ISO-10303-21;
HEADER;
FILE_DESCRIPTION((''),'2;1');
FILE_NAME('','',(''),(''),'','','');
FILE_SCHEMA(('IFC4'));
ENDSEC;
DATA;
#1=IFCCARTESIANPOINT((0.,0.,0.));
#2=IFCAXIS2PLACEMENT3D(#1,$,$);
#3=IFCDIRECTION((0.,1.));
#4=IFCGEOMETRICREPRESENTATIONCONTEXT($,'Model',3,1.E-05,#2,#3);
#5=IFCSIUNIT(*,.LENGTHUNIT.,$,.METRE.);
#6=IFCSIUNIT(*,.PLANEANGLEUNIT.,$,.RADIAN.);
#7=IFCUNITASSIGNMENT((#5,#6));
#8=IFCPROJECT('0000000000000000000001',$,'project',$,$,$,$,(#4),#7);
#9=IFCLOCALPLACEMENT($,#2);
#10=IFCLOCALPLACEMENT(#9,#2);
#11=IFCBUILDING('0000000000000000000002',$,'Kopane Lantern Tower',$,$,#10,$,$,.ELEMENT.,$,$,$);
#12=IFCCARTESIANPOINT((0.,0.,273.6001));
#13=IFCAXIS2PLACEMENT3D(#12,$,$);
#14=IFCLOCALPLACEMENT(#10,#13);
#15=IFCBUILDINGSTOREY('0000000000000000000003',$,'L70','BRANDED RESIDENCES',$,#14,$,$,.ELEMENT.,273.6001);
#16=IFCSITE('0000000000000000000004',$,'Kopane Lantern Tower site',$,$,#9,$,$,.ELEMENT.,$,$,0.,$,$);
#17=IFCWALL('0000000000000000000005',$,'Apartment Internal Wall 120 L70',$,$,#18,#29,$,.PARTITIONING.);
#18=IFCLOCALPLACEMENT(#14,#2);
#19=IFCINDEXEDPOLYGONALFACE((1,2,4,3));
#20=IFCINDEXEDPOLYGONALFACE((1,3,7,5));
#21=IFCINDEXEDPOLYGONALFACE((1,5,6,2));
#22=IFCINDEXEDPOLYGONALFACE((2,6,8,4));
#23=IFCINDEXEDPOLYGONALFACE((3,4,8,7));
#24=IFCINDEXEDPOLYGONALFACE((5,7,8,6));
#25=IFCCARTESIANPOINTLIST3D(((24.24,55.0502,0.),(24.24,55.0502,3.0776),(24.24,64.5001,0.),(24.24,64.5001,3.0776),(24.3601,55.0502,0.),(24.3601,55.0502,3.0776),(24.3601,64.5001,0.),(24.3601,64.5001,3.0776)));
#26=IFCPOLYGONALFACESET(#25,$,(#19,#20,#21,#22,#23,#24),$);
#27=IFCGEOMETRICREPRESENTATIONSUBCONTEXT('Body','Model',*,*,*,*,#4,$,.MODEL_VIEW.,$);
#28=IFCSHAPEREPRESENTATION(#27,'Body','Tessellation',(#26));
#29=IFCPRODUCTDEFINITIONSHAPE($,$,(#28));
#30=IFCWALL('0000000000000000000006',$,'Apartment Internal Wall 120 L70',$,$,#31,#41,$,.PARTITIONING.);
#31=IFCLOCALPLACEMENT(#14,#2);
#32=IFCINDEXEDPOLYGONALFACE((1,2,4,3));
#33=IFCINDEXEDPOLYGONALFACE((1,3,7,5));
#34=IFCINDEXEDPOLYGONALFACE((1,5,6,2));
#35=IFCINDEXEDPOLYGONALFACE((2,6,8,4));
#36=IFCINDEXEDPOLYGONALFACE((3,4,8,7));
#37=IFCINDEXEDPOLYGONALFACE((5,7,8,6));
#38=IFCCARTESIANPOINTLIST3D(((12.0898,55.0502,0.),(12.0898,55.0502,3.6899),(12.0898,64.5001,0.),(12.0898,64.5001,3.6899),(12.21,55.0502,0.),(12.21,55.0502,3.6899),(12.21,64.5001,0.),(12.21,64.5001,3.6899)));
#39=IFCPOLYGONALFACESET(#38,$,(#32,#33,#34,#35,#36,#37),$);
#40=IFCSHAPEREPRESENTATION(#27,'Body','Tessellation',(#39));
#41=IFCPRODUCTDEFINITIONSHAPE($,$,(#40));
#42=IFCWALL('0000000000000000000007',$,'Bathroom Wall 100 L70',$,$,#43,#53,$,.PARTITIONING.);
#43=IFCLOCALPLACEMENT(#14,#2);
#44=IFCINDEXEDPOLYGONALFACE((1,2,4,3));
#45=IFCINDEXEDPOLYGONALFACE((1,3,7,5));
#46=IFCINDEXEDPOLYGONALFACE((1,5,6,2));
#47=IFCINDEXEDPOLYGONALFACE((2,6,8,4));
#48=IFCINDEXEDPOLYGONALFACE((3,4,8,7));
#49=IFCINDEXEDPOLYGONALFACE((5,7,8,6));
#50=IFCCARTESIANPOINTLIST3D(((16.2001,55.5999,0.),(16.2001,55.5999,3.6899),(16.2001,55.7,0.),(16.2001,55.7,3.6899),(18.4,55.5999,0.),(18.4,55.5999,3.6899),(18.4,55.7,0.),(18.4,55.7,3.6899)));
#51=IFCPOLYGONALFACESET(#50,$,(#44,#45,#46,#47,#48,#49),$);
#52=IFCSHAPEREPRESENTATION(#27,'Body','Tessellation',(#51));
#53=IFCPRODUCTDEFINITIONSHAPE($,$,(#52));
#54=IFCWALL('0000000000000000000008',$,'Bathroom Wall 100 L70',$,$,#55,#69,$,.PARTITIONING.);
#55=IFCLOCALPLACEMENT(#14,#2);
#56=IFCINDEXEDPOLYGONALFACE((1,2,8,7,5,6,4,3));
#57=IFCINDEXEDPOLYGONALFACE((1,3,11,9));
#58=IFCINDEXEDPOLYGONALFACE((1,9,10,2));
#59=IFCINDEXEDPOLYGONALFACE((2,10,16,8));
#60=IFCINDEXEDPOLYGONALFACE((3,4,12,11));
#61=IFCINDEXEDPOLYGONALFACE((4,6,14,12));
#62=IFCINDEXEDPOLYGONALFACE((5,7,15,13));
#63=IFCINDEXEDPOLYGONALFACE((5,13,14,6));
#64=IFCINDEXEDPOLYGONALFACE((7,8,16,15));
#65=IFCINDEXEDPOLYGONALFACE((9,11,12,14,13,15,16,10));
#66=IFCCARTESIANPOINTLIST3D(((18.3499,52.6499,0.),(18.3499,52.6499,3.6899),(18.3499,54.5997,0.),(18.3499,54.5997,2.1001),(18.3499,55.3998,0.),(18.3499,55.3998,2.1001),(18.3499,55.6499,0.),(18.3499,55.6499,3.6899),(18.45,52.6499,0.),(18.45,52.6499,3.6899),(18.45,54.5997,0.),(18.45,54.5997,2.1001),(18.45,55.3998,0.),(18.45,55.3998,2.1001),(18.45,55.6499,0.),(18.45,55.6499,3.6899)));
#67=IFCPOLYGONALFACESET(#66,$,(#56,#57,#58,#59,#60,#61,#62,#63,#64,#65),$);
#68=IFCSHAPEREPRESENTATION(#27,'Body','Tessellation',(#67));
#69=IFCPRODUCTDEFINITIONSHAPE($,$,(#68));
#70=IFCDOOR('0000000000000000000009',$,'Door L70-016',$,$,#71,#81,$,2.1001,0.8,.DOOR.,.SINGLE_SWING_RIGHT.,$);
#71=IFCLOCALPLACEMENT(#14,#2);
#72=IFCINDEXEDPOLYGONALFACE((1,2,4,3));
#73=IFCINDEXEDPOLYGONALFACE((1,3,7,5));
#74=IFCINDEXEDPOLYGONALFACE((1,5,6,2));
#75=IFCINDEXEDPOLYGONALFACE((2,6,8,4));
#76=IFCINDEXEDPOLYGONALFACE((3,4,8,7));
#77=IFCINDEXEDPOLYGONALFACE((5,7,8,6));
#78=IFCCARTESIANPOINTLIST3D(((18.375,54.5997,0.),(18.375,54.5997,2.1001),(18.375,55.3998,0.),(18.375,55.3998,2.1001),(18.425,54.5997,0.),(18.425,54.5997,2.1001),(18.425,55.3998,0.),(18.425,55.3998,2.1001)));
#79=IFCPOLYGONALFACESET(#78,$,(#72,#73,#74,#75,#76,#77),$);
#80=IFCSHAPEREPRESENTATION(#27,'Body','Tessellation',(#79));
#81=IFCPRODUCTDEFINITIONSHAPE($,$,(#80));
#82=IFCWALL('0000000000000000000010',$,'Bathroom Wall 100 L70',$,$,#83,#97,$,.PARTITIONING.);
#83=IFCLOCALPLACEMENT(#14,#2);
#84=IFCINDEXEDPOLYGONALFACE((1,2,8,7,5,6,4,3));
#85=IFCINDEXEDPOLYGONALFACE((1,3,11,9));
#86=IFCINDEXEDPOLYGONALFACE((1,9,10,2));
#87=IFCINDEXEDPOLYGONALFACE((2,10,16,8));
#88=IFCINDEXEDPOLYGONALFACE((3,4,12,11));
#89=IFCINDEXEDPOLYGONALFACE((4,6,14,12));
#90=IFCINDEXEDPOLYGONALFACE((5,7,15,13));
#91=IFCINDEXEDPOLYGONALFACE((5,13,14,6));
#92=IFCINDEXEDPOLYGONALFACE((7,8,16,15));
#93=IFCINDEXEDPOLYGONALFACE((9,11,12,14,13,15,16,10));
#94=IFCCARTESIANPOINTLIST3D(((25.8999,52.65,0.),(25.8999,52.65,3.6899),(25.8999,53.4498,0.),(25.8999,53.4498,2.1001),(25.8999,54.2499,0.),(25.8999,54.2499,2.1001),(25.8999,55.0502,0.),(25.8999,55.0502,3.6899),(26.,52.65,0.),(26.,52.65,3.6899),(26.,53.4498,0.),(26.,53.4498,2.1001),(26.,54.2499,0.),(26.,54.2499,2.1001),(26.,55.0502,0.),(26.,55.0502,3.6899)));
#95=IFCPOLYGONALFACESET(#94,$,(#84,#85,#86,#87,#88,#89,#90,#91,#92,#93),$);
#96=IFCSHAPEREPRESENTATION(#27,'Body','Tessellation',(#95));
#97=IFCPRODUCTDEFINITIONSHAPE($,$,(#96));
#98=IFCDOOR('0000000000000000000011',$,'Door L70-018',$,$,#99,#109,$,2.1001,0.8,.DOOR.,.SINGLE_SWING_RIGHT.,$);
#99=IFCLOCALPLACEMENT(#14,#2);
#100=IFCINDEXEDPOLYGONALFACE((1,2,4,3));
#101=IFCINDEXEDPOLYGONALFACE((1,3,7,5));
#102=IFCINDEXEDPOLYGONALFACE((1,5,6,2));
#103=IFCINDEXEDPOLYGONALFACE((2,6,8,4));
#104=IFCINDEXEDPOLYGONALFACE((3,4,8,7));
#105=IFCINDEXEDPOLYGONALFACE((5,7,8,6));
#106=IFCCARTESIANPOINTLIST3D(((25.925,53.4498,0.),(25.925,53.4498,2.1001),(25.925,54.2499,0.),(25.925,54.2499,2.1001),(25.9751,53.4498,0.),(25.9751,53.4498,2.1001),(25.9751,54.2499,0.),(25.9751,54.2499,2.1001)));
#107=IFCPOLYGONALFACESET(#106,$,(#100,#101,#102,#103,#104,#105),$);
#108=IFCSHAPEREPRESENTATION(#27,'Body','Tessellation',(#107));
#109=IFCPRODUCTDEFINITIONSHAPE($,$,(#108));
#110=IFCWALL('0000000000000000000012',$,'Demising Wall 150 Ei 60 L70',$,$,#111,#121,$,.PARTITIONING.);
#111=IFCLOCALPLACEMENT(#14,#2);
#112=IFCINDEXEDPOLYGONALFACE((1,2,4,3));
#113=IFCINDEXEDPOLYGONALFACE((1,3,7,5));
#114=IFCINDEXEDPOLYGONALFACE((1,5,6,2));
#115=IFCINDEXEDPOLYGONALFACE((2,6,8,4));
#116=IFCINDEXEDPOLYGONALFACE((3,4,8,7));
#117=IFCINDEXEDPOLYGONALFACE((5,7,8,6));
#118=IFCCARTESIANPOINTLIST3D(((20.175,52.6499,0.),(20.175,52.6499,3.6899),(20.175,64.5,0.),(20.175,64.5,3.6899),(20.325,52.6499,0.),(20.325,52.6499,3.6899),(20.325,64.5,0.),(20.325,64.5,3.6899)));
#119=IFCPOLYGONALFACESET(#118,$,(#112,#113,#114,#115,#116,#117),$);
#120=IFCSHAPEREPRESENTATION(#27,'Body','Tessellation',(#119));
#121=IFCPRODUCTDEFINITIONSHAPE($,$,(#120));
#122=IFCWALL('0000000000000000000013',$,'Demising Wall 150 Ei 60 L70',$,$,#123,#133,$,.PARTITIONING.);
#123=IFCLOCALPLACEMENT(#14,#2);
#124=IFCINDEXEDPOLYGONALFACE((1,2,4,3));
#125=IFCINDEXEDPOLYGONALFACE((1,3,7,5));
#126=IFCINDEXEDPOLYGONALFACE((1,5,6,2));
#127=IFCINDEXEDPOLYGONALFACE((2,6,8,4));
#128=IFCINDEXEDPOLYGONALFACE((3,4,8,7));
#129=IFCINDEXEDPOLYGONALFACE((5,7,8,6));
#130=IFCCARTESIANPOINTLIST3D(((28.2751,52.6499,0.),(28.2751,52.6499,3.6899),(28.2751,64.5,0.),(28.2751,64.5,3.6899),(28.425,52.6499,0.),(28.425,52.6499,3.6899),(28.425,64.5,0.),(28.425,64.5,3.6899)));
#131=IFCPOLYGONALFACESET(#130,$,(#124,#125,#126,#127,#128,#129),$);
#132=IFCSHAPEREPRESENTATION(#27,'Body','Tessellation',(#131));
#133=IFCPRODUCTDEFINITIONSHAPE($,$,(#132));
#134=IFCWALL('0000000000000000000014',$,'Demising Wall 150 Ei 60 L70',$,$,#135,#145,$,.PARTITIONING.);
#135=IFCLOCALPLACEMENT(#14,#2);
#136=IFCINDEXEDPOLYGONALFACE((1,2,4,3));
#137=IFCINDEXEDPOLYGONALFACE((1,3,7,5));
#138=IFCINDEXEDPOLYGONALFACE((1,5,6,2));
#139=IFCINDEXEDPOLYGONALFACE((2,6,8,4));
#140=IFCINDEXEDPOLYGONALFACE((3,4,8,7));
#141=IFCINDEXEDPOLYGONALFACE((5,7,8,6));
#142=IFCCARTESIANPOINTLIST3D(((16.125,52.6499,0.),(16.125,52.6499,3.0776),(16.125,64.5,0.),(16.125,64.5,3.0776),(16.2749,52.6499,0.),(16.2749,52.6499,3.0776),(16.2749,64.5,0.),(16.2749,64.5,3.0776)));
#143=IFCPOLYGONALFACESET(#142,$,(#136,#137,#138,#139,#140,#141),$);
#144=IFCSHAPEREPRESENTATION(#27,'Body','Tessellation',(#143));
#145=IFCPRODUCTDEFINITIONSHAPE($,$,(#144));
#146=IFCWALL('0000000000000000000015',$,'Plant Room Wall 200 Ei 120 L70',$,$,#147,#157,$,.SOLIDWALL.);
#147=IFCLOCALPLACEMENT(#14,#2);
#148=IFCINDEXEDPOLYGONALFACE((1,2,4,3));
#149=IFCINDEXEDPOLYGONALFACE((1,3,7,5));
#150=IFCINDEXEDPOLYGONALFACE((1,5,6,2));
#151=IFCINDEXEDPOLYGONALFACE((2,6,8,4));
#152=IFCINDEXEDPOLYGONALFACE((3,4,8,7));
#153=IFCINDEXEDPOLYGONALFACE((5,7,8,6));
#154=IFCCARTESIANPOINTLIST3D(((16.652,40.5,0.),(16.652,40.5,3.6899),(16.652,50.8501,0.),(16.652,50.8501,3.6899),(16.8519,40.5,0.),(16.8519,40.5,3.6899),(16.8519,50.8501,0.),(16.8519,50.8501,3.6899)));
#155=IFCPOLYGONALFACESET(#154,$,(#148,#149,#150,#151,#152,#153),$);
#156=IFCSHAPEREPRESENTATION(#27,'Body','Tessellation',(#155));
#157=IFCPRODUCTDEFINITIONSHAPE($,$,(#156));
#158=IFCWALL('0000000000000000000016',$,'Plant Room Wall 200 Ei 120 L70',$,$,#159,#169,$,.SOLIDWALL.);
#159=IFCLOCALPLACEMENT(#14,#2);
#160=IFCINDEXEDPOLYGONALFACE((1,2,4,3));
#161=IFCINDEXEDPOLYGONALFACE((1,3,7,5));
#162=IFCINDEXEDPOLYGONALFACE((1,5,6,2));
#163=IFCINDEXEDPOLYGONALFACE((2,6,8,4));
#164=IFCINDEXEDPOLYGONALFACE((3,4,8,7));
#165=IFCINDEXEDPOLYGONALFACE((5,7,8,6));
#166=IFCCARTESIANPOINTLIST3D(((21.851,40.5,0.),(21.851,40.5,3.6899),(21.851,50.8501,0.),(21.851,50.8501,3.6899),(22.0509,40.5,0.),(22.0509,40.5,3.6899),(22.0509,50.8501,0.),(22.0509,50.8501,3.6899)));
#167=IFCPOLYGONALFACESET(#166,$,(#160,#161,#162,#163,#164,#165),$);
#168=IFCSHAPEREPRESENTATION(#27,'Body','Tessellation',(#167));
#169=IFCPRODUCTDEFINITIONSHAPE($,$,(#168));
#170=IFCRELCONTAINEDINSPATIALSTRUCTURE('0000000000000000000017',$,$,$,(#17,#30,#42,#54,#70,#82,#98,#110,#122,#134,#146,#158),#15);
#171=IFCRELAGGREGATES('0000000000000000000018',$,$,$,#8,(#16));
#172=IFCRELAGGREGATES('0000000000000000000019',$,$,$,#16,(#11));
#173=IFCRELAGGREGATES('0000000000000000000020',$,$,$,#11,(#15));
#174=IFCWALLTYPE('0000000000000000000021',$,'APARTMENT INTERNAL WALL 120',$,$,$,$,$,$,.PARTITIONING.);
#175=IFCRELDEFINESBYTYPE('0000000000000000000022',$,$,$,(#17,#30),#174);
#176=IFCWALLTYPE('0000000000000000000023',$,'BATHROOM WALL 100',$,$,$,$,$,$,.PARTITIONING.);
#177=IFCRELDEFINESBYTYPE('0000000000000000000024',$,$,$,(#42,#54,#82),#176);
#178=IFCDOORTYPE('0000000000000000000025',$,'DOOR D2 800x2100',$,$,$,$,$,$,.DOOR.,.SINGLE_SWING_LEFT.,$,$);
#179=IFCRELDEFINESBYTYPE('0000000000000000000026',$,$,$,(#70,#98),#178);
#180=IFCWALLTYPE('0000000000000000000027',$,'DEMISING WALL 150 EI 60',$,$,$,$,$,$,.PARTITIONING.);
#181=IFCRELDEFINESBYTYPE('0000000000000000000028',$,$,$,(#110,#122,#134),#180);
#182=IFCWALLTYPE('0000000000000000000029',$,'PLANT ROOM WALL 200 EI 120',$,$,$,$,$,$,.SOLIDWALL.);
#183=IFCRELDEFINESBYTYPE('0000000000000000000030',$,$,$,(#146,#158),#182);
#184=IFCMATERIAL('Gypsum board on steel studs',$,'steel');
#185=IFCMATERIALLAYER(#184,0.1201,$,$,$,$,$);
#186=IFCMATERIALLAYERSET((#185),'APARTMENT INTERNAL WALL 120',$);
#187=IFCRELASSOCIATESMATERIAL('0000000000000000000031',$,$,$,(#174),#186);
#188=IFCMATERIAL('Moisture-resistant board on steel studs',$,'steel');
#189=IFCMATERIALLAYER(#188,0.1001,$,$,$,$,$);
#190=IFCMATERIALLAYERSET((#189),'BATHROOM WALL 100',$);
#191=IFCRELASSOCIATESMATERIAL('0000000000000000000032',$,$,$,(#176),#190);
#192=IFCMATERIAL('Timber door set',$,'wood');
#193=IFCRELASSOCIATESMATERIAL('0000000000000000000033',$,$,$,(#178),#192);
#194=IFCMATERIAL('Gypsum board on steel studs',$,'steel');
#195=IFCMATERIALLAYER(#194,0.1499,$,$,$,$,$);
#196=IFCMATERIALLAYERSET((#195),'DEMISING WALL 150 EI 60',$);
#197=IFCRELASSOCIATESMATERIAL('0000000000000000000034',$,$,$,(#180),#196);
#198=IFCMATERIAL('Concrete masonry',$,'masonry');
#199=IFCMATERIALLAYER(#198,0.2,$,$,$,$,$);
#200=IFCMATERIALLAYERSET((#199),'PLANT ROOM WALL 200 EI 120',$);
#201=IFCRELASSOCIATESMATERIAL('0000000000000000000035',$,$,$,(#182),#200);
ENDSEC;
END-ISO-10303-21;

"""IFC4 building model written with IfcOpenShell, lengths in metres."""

from ifc_helpers import new_model, si_unit, direction, frame, frame_2d, origin, place, context, subcontext, project, spatial, rectangle, extrude, material, layer, layer_set, type_object, element, fill, save


model = new_model("IFC4")

# Units and contexts
model_context = context("Model", 3, precision=1e-05, world=origin(), true_north=direction((0.0, 1.0)))
body_context = subcontext(model_context, "Body", "Model", "MODEL_VIEW")
ifc_project = project(units=[si_unit("LENGTHUNIT", "METRE"), si_unit("PLANEANGLEUNIT", "RADIAN")], contexts=[model_context])

# Site, building, storey
site_placement = place(None, origin())
site = spatial("IfcSite", under=ifc_project, at=site_placement, Name="Kopane Lantern Tower site", CompositionType="ELEMENT", RefElevation=0.0)
building_placement = place(site_placement, origin())
building = spatial("IfcBuilding", under=site, at=building_placement, Name="Kopane Lantern Tower", CompositionType="ELEMENT")
storey_placement = place(building_placement, frame((0.0, 0.0, 273.6001)))
storey = spatial("IfcBuildingStorey", under=building, at=storey_placement, Name="L70", Description="BRANDED RESIDENCES", CompositionType="ELEMENT", Elevation=273.6001)

# Shared definitions
ifc_material_1 = material(Name="Gypsum board on steel studs", Category="steel")
ifc_layer_1 = layer(ifc_material_1, 0.1201)
ifc_layer_set_1 = layer_set([ifc_layer_1], Name="APARTMENT INTERNAL WALL 120")
wall_type_1 = type_object("IfcWallType", Name="APARTMENT INTERNAL WALL 120", PredefinedType="PARTITIONING", material=ifc_layer_set_1)

# Walls
wall_1_placement = place(storey_placement, frame((24.3, 55.05, 0.0), z_axis=(0.0, 0.0, 1.0), x_axis=(0.0, 1.0, 0.0)))
element("IfcWall", 1, at=wall_1_placement, inside=storey, type_object=wall_type_1, Name="Apartment Internal Wall 120 L70", PredefinedType="PARTITIONING", context=body_context, shape_type="SweptSolid", body=[
    extrude(rectangle(XDim=9.45, YDim=0.1201, at=frame_2d((4.7251, 0.0))), origin(), (0.0, 0.0, 1.0), 3.0776),
])
wall_2_placement = place(storey_placement, frame((12.1499, 55.05, 0.0), z_axis=(0.0, 0.0, 1.0), x_axis=(0.0, 1.0, 0.0)))
element("IfcWall", 2, at=wall_2_placement, inside=storey, type_object=wall_type_1, Name="Apartment Internal Wall 120 L70", PredefinedType="PARTITIONING", context=body_context, shape_type="SweptSolid", body=[
    extrude(rectangle(XDim=9.45, YDim=0.1201, at=frame_2d((4.7251, 0.0))), origin(), (0.0, 0.0, 1.0), 3.6899),
])
ifc_material_2 = material(Name="Moisture-resistant board on steel studs", Category="steel")
ifc_layer_2 = layer(ifc_material_2, 0.1001)
ifc_layer_set_2 = layer_set([ifc_layer_2], Name="BATHROOM WALL 100")
wall_type_2 = type_object("IfcWallType", Name="BATHROOM WALL 100", PredefinedType="PARTITIONING", material=ifc_layer_set_2)
wall_3_placement = place(storey_placement, frame((16.2, 55.6499, 0.0), z_axis=(0.0, 0.0, 1.0), x_axis=(1.0, 0.0, 0.0)))
element("IfcWall", 3, at=wall_3_placement, inside=storey, type_object=wall_type_2, Name="Bathroom Wall 100 L70", PredefinedType="PARTITIONING", context=body_context, shape_type="SweptSolid", body=[
    extrude(rectangle(XDim=2.2, YDim=0.1001, at=frame_2d((1.1001, 0.0))), origin(), (0.0, 0.0, 1.0), 3.6899),
])

# Walls, openings, doors
wall_4_placement = place(storey_placement, frame((18.3999, 52.6499, 0.0), z_axis=(0.0, 0.0, 1.0), x_axis=(0.0, 1.0, 0.0)))
wall_4 = element("IfcWall", 4, at=wall_4_placement, inside=storey, type_object=wall_type_2, Name="Bathroom Wall 100 L70", PredefinedType="PARTITIONING", context=body_context, shape_type="SweptSolid", body=[
    extrude(rectangle(XDim=3.0, YDim=0.1001, at=frame_2d((1.5, 0.0))), origin(), (0.0, 0.0, 1.0), 3.6899),
])
opening_1_placement = place(wall_4_placement, frame((1.95, 0.0, 0.0)))
opening_1 = element("IfcOpeningElement", 5, at=opening_1_placement, cuts=wall_4, PredefinedType="OPENING", context=body_context, shape_type="SweptSolid", body=[
    extrude(rectangle(XDim=0.8, YDim=2.1001, at=frame_2d((0.3999, 1.05))), frame((0.0, 0.0601, 0.0), z_axis=(0.0, -1.0, 0.0), x_axis=(1.0, 0.0, 0.0)), (0.0, 0.0, 1.0), 0.1201),
])
ifc_material_3 = material(Name="Timber door set", Category="wood")
door_type_1 = type_object("IfcDoorType", Name="DOOR D2 800x2100", OperationType="SINGLE_SWING_LEFT", PredefinedType="DOOR", material=ifc_material_3)
door_1_placement = place(opening_1_placement, origin())
door_1 = element("IfcDoor", 6, at=door_1_placement, inside=storey, type_object=door_type_1, Name="Door L70-016", OperationType="SINGLE_SWING_RIGHT", OverallHeight=2.1001, OverallWidth=0.8, PredefinedType="DOOR", context=body_context, shape_type="SweptSolid", body=[
    extrude(rectangle(XDim=0.8, YDim=2.1001, at=frame_2d((0.3999, 1.05))), frame((0.0, 0.0249, 0.0), z_axis=(0.0, -1.0, 0.0), x_axis=(1.0, 0.0, 0.0)), (0.0, 0.0, 1.0), 0.05),
])
fill(opening_1, door_1)
wall_5_placement = place(storey_placement, frame((25.95, 52.6499, 0.0), z_axis=(0.0, 0.0, 1.0), x_axis=(0.0, 1.0, 0.0)))
wall_5 = element("IfcWall", 7, at=wall_5_placement, inside=storey, type_object=wall_type_2, Name="Bathroom Wall 100 L70", PredefinedType="PARTITIONING", context=body_context, shape_type="SweptSolid", body=[
    extrude(rectangle(XDim=2.4001, YDim=0.1001, at=frame_2d((1.2002, 0.0))), origin(), (0.0, 0.0, 1.0), 3.6899),
])
opening_2_placement = place(wall_5_placement, frame((0.8, 0.0, 0.0)))
opening_2 = element("IfcOpeningElement", 8, at=opening_2_placement, cuts=wall_5, PredefinedType="OPENING", context=body_context, shape_type="SweptSolid", body=[
    extrude(rectangle(XDim=0.8, YDim=2.1001, at=frame_2d((0.3999, 1.05))), frame((0.0, 0.0601, 0.0), z_axis=(0.0, -1.0, 0.0), x_axis=(1.0, 0.0, 0.0)), (0.0, 0.0, 1.0), 0.1201),
])
door_2_placement = place(opening_2_placement, origin())
door_2 = element("IfcDoor", 9, at=door_2_placement, inside=storey, type_object=door_type_1, Name="Door L70-018", OperationType="SINGLE_SWING_RIGHT", OverallHeight=2.1001, OverallWidth=0.8, PredefinedType="DOOR", context=body_context, shape_type="SweptSolid", body=[
    extrude(rectangle(XDim=0.8, YDim=2.1001, at=frame_2d((0.3999, 1.05))), frame((0.0, 0.0249, 0.0), z_axis=(0.0, -1.0, 0.0), x_axis=(1.0, 0.0, 0.0)), (0.0, 0.0, 1.0), 0.05),
])
fill(opening_2, door_2)

# Walls
ifc_material_4 = material(Name="Gypsum board on steel studs", Category="steel")
ifc_layer_3 = layer(ifc_material_4, 0.1499)
ifc_layer_set_3 = layer_set([ifc_layer_3], Name="DEMISING WALL 150 EI 60")
wall_type_3 = type_object("IfcWallType", Name="DEMISING WALL 150 EI 60", PredefinedType="PARTITIONING", material=ifc_layer_set_3)
for number, where, z_axis, x_axis, name in (
    (10, (20.25, 52.6499, 0.0), (0.0, 0.0, 1.0), (0.0, 1.0, 0.0), "Demising Wall 150 Ei 60 L70"),
    (11, (28.3501, 52.6499, 0.0), (0.0, 0.0, 1.0), (0.0, 1.0, 0.0), "Demising Wall 150 Ei 60 L70"),
):
    element("IfcWall", number, at=place(storey_placement, frame(where, z_axis=z_axis, x_axis=x_axis)), inside=storey, type_object=wall_type_3, Name=name, PredefinedType="PARTITIONING", context=body_context, shape_type="SweptSolid", body=[
        extrude(rectangle(XDim=11.8501, YDim=0.1499, at=frame_2d((5.925, 0.0))), origin(), (0.0, 0.0, 1.0), 3.6899),
    ])
wall_6_placement = place(storey_placement, frame((16.2, 52.6499, 0.0), z_axis=(0.0, 0.0, 1.0), x_axis=(0.0, 1.0, 0.0)))
element("IfcWall", 12, at=wall_6_placement, inside=storey, type_object=wall_type_3, Name="Demising Wall 150 Ei 60 L70", PredefinedType="PARTITIONING", context=body_context, shape_type="SweptSolid", body=[
    extrude(rectangle(XDim=11.8501, YDim=0.1499, at=frame_2d((5.925, 0.0))), origin(), (0.0, 0.0, 1.0), 3.0776),
])
ifc_material_5 = material(Name="Concrete masonry", Category="masonry")
ifc_layer_4 = layer(ifc_material_5, 0.2)
ifc_layer_set_4 = layer_set([ifc_layer_4], Name="PLANT ROOM WALL 200 EI 120")
wall_type_4 = type_object("IfcWallType", Name="PLANT ROOM WALL 200 EI 120", PredefinedType="SOLIDWALL", material=ifc_layer_set_4)
for number, where, z_axis, x_axis, name in (
    (13, (16.752, 50.8501, 0.0), (0.0, 0.0, 1.0), (0.0, -1.0, 0.0), "Plant Room Wall 200 Ei 120 L70"),
    (14, (21.9509, 50.8501, 0.0), (0.0, 0.0, 1.0), (0.0, -1.0, 0.0), "Plant Room Wall 200 Ei 120 L70"),
):
    element("IfcWall", number, at=place(storey_placement, frame(where, z_axis=z_axis, x_axis=x_axis)), inside=storey, type_object=wall_type_4, Name=name, PredefinedType="SOLIDWALL", context=body_context, shape_type="SweptSolid", body=[
        extrude(rectangle(XDim=10.3501, YDim=0.2, at=frame_2d((5.175, 0.0))), origin(), (0.0, 0.0, 1.0), 3.6899),
    ])

save(model, "model.ifc")
